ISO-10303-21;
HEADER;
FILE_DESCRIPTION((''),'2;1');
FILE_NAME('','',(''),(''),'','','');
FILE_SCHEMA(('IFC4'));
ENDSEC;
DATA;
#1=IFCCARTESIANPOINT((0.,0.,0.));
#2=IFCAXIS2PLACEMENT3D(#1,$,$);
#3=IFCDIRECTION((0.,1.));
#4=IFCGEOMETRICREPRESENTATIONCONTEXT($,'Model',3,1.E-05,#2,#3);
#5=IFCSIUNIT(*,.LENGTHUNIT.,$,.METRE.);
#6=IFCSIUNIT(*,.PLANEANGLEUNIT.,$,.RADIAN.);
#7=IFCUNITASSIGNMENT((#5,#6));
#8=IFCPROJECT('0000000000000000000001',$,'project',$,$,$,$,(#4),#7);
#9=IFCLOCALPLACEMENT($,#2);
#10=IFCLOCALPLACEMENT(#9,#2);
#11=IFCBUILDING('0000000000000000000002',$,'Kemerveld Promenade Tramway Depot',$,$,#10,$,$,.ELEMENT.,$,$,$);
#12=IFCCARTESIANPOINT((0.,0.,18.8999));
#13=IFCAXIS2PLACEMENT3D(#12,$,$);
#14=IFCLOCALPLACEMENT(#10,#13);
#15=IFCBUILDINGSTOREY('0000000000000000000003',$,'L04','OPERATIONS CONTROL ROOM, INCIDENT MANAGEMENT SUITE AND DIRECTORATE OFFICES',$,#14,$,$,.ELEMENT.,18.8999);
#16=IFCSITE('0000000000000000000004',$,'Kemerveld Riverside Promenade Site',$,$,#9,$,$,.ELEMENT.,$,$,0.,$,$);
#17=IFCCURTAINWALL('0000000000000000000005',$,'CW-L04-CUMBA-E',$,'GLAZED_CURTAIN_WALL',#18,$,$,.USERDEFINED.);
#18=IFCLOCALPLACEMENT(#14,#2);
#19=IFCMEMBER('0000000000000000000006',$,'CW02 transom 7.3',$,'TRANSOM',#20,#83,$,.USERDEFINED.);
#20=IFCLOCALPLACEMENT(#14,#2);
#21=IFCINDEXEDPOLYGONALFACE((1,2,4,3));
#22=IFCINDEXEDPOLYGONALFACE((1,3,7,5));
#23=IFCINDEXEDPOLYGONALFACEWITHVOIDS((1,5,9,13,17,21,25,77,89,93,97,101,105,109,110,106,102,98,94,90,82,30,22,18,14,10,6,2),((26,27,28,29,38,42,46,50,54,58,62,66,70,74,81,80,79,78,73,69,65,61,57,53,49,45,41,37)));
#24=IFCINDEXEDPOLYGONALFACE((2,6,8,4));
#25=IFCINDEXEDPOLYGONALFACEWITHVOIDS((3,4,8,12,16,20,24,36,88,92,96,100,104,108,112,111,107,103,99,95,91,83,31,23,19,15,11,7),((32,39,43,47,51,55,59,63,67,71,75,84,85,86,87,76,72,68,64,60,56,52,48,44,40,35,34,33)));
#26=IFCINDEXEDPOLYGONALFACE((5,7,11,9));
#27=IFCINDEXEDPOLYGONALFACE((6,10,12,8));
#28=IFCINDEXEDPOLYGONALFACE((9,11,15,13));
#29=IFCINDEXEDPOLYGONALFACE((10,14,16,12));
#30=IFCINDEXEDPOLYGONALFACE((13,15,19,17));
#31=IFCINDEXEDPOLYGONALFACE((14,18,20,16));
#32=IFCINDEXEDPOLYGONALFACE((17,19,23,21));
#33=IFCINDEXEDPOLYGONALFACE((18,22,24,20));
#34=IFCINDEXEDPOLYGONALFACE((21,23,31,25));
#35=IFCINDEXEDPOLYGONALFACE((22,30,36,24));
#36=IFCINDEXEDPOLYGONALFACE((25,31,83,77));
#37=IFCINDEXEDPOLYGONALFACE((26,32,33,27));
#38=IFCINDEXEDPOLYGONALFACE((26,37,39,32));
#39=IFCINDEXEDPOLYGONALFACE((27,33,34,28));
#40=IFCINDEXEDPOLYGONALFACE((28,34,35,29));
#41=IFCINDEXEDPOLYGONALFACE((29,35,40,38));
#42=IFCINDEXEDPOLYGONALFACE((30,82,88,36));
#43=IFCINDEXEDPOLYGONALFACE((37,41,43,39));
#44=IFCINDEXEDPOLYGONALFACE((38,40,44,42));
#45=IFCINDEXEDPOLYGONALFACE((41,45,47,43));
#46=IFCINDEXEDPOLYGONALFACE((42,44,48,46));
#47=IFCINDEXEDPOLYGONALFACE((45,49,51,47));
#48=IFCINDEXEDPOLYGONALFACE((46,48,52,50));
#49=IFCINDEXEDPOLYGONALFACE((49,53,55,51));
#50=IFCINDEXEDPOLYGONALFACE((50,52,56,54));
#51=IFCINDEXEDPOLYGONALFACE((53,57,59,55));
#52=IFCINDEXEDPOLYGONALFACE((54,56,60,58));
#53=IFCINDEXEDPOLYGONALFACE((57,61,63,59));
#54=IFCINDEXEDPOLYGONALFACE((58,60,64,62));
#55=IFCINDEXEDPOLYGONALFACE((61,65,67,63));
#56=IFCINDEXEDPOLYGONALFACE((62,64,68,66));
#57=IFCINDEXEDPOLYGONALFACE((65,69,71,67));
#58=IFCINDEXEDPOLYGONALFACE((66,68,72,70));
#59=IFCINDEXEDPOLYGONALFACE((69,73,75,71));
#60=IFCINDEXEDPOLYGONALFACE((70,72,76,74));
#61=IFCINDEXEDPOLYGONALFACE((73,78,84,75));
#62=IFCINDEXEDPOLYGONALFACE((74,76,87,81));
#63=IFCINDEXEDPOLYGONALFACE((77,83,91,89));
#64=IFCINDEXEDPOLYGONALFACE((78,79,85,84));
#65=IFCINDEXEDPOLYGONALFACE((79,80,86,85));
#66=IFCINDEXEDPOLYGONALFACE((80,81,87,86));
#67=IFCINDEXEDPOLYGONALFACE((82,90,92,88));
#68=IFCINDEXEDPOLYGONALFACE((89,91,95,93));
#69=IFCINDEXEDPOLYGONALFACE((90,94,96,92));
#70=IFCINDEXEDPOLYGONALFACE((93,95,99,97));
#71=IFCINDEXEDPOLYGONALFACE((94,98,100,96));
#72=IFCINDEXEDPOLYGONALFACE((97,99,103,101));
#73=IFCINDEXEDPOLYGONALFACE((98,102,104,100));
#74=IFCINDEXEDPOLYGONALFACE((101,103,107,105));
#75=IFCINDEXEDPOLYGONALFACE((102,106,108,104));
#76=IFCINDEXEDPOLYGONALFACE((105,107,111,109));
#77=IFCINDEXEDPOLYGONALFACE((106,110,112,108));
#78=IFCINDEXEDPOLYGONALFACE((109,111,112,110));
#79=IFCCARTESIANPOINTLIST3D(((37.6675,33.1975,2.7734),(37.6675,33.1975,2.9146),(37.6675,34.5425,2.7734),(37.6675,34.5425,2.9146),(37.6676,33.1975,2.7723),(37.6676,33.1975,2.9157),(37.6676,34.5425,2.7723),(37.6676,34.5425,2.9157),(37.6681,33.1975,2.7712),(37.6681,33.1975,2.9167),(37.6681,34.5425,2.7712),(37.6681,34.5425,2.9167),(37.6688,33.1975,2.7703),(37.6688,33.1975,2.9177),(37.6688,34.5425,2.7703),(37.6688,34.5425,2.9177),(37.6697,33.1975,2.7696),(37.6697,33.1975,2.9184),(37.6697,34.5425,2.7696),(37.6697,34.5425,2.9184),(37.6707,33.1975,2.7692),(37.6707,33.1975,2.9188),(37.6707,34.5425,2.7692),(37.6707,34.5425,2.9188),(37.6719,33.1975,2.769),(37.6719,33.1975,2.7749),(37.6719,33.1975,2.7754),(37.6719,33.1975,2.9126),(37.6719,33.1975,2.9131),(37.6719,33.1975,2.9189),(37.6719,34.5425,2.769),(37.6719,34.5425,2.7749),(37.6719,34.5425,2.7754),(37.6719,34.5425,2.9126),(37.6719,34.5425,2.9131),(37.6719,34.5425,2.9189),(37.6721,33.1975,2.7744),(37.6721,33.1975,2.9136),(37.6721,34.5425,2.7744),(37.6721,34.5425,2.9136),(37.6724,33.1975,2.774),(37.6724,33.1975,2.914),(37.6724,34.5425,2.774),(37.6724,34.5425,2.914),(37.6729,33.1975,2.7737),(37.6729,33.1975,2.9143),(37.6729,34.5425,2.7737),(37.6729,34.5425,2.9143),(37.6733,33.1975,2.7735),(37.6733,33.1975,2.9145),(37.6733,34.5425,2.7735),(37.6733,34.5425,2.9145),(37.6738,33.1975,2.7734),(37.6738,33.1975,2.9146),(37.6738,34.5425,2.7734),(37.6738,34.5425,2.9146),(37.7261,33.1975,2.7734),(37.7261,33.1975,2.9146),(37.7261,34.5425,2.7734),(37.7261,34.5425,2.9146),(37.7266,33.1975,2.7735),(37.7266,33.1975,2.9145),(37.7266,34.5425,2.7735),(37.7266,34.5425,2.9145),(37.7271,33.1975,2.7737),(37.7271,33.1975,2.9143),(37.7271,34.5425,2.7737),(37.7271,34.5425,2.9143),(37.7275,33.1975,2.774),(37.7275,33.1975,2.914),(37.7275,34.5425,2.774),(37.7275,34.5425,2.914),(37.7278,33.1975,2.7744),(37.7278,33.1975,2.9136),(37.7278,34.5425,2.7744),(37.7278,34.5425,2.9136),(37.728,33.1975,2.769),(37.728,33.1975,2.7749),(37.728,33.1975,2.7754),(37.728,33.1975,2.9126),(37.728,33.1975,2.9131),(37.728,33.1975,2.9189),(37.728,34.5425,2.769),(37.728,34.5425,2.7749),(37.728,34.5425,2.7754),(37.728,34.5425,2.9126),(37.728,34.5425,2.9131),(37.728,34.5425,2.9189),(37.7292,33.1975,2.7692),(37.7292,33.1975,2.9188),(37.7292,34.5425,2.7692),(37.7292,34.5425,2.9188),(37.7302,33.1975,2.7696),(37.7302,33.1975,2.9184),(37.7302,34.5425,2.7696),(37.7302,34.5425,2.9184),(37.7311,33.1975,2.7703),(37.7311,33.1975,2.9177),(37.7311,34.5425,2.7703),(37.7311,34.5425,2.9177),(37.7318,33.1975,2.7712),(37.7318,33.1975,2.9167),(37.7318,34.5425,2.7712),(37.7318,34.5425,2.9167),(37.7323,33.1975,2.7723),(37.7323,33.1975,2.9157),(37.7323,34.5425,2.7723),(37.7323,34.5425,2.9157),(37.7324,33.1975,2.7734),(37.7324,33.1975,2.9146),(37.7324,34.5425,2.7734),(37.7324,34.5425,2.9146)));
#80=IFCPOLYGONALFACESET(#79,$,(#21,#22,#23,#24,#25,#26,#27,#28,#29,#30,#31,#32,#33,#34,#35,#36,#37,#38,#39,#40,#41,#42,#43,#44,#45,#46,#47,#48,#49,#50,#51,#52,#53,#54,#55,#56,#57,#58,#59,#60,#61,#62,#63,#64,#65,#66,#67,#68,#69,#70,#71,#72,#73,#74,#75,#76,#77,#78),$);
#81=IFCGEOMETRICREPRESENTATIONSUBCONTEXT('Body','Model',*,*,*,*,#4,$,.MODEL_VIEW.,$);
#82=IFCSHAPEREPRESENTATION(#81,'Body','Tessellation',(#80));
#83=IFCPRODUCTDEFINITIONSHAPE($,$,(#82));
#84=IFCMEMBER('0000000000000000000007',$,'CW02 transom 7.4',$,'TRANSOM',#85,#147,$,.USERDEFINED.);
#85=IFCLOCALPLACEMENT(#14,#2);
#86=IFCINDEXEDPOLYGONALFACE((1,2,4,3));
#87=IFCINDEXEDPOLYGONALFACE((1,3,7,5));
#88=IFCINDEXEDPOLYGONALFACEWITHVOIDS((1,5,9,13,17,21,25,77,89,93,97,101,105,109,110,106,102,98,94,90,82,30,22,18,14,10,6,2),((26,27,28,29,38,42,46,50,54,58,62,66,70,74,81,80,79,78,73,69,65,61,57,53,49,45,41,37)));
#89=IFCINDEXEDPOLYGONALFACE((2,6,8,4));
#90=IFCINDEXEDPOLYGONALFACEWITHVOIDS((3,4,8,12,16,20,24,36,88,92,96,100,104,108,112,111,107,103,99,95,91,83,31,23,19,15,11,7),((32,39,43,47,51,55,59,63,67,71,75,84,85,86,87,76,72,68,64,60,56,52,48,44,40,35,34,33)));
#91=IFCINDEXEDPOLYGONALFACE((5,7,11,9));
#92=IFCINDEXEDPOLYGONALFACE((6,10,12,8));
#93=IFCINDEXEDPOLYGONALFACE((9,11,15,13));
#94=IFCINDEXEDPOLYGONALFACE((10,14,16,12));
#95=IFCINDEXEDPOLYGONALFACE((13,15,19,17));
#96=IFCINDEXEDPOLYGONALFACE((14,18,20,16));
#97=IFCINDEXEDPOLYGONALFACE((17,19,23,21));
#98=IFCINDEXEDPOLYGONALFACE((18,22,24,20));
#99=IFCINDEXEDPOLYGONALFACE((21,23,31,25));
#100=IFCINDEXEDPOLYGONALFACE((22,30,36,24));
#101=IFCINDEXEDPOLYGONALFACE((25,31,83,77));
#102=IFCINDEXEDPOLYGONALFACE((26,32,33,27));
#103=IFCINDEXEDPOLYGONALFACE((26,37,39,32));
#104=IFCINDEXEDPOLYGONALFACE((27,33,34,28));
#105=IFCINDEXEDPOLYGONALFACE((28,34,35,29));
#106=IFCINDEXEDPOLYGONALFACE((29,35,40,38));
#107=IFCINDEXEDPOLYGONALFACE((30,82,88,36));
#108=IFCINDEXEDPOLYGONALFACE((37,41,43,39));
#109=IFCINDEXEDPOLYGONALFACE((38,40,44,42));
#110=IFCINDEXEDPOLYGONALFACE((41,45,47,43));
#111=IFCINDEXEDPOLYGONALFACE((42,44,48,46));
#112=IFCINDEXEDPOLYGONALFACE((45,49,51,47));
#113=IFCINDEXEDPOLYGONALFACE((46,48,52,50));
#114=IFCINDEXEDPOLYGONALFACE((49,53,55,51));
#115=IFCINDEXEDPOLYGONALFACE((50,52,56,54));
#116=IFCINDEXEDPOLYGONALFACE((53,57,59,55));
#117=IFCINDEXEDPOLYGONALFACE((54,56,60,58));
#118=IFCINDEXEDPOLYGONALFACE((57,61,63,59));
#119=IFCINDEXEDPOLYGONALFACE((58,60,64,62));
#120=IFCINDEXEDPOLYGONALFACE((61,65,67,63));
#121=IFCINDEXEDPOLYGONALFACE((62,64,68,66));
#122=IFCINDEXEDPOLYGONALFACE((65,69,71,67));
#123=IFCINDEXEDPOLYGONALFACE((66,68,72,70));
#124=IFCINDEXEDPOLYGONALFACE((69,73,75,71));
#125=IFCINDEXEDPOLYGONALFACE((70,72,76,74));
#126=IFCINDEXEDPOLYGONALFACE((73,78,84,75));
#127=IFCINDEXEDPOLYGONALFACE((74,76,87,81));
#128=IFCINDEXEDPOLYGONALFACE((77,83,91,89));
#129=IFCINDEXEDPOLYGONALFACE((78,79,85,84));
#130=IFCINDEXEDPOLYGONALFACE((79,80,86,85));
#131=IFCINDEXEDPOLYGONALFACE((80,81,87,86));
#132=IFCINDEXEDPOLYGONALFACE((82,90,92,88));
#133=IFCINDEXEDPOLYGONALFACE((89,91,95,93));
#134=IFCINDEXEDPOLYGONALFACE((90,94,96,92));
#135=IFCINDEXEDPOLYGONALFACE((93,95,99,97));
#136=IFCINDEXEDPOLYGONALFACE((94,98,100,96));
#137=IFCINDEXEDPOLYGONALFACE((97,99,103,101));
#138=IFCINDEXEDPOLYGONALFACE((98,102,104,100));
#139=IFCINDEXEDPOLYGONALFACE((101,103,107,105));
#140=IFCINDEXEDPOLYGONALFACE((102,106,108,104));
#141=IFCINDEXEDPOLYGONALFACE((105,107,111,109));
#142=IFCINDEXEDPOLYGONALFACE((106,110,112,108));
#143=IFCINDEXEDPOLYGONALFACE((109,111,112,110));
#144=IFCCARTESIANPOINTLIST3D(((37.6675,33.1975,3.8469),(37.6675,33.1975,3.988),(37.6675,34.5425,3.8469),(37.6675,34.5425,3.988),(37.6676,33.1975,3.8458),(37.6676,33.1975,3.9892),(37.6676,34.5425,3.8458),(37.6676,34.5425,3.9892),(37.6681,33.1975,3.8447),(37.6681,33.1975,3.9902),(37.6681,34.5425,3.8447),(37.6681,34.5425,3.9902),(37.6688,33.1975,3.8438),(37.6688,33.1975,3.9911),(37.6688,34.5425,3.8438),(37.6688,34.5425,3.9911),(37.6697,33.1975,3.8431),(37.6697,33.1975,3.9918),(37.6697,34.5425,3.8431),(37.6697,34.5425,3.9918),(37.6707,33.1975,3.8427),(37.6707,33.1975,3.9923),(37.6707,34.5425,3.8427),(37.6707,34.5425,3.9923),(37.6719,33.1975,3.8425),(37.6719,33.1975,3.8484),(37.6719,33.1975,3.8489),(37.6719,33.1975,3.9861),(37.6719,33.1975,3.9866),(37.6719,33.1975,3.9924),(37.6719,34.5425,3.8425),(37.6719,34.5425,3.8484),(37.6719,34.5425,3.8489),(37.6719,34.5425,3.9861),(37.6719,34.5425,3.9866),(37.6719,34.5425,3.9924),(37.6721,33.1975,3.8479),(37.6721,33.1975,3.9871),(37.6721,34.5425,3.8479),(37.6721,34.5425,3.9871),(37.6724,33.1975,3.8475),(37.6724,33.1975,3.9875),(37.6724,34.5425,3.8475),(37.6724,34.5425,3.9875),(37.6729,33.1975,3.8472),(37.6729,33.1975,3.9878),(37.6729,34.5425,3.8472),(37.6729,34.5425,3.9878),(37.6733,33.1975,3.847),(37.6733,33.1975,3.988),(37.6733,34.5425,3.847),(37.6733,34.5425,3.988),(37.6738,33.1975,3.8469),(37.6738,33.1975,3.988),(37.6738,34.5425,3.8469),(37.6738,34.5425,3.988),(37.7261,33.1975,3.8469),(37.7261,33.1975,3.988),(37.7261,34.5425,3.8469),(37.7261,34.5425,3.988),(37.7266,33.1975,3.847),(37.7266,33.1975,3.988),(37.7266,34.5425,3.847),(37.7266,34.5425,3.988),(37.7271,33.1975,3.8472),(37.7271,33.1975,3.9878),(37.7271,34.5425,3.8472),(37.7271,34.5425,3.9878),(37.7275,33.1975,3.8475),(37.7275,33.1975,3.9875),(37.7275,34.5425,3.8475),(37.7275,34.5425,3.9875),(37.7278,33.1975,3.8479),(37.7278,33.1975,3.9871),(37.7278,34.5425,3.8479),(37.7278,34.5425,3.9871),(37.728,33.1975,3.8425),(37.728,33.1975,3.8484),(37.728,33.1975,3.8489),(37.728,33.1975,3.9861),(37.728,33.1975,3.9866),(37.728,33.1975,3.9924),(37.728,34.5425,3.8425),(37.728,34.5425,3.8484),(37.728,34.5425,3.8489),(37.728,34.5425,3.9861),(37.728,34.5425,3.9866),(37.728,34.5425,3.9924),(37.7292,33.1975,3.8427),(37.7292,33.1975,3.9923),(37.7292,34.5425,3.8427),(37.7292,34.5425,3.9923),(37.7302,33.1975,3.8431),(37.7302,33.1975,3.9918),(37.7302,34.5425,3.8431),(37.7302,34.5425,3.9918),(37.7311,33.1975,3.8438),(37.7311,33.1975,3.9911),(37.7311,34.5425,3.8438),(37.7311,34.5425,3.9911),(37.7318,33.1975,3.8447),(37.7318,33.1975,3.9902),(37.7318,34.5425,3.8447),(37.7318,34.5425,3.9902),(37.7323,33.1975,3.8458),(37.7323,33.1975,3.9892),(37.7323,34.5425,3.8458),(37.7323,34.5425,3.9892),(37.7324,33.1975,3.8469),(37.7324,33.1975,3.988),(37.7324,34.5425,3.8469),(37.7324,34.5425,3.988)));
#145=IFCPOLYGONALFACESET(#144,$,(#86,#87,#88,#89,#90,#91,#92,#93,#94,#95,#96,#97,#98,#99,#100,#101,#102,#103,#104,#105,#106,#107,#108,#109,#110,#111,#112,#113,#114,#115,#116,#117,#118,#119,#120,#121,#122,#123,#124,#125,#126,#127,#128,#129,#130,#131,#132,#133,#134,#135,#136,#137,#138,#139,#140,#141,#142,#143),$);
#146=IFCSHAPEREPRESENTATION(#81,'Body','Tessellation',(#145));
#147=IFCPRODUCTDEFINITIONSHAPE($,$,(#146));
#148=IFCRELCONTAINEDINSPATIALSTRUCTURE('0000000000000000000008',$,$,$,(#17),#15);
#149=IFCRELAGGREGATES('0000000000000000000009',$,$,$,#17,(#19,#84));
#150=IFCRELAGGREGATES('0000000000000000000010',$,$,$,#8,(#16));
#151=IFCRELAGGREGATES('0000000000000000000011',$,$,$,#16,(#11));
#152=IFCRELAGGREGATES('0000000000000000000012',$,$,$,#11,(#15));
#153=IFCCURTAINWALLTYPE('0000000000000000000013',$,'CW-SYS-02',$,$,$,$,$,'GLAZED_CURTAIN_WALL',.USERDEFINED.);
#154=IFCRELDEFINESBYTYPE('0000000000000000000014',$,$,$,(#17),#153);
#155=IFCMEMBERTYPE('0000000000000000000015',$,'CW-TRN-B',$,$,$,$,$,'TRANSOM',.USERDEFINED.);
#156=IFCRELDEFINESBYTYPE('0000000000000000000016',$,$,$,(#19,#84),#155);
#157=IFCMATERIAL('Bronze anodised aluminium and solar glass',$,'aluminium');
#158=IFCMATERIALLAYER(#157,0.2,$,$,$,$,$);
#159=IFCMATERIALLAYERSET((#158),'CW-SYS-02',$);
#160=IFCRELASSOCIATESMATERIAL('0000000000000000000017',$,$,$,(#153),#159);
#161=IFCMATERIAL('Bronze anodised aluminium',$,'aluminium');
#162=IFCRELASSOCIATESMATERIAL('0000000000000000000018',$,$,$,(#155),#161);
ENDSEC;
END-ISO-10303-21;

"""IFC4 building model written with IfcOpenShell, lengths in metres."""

from ifc_helpers import new_model, si_unit, direction, frame, origin, origin_2d, place, context, subcontext, project, spatial, hollow_rectangle, extrude, material, layer, layer_set, material_profile, profile_set, type_object, element, aggregate, save


model = new_model("IFC4")

# Units and contexts
model_context = context("Model", 3, precision=1e-05, world=origin(), true_north=direction((0.0, 1.0)))
body_context = subcontext(model_context, "Body", "Model", "MODEL_VIEW")
ifc_project = project(units=[si_unit("LENGTHUNIT", "METRE"), si_unit("PLANEANGLEUNIT", "RADIAN")], contexts=[model_context])

# Site, building, storey
site_placement = place(None, origin())
site = spatial("IfcSite", under=ifc_project, at=site_placement, Name="Kemerveld Riverside Promenade Site", CompositionType="ELEMENT", RefElevation=0.0)
building_placement = place(site_placement, origin())
building = spatial("IfcBuilding", under=site, at=building_placement, Name="Kemerveld Promenade Tramway Depot", CompositionType="ELEMENT")
storey_placement = place(building_placement, frame((0.0, 0.0, 18.8999)))
storey = spatial("IfcBuildingStorey", under=building, at=storey_placement, Name="L04", Description="OPERATIONS CONTROL ROOM, INCIDENT MANAGEMENT SUITE AND DIRECTORATE OFFICES", CompositionType="ELEMENT", Elevation=18.8999)

# Curtain wall, members
ifc_material_1 = material(Name="Bronze anodised aluminium and solar glass", Category="aluminium")
ifc_layer_1 = layer(ifc_material_1, 0.2)
ifc_layer_set_1 = layer_set([ifc_layer_1], Name="CW-SYS-02")
curtain_wall_type = type_object("IfcCurtainWallType", Name="CW-SYS-02", ElementType="GLAZED_CURTAIN_WALL", PredefinedType="USERDEFINED", material=ifc_layer_set_1)
curtain_wall_placement = place(storey_placement, origin())
curtain_wall = element("IfcCurtainWall", 1, at=curtain_wall_placement, inside=storey, type_object=curtain_wall_type, Name="CW-L04-CUMBA-E", ObjectType="GLAZED_CURTAIN_WALL", PredefinedType="USERDEFINED")
ifc_material_2 = material(Name="Bronze anodised aluminium", Category="aluminium")
ifc_material_profile_1 = material_profile(ifc_material_2, hollow_rectangle(XDim=0.0649, YDim=0.1499, WallThickness=0.0044, InnerFilletRadius=0.002, OuterFilletRadius=0.0044, at=origin_2d()), Name="CW-TRN-150x65")
ifc_profile_set_1 = profile_set([ifc_material_profile_1], Name="Bronze anodised aluminium")
member_type_1 = type_object("IfcMemberType", Name="CW-TRN-B", ElementType="TRANSOM", PredefinedType="USERDEFINED", material=ifc_profile_set_1)
member_1_placement = place(storey_placement, frame((37.7, 34.5425, 2.844), z_axis=(0.0, -1.0, 0.0), x_axis=(1.0, 0.0, 0.0)))
member_1 = element("IfcMember", 2, at=member_1_placement, type_object=member_type_1, Name="CW02 transom 7.3", ObjectType="TRANSOM", PredefinedType="USERDEFINED", context=body_context, shape_type="SweptSolid", body=[
    extrude(hollow_rectangle(XDim=0.0649, YDim=0.1499, WallThickness=0.0044, InnerFilletRadius=0.002, OuterFilletRadius=0.0044, at=origin_2d()), origin(), (0.0, 0.0, 1.0), 1.345),
])
member_2_placement = place(storey_placement, frame((37.7, 34.5425, 3.9175), z_axis=(0.0, -1.0, 0.0), x_axis=(1.0, 0.0, 0.0)))
member_2 = element("IfcMember", 3, at=member_2_placement, type_object=member_type_1, Name="CW02 transom 7.4", ObjectType="TRANSOM", PredefinedType="USERDEFINED", context=body_context, shape_type="SweptSolid", body=[
    extrude(hollow_rectangle(XDim=0.0649, YDim=0.1499, WallThickness=0.0044, InnerFilletRadius=0.002, OuterFilletRadius=0.0044, at=origin_2d()), origin(), (0.0, 0.0, 1.0), 1.345),
])
aggregate(curtain_wall, [member_1, member_2])

save(model, "model.ifc")
